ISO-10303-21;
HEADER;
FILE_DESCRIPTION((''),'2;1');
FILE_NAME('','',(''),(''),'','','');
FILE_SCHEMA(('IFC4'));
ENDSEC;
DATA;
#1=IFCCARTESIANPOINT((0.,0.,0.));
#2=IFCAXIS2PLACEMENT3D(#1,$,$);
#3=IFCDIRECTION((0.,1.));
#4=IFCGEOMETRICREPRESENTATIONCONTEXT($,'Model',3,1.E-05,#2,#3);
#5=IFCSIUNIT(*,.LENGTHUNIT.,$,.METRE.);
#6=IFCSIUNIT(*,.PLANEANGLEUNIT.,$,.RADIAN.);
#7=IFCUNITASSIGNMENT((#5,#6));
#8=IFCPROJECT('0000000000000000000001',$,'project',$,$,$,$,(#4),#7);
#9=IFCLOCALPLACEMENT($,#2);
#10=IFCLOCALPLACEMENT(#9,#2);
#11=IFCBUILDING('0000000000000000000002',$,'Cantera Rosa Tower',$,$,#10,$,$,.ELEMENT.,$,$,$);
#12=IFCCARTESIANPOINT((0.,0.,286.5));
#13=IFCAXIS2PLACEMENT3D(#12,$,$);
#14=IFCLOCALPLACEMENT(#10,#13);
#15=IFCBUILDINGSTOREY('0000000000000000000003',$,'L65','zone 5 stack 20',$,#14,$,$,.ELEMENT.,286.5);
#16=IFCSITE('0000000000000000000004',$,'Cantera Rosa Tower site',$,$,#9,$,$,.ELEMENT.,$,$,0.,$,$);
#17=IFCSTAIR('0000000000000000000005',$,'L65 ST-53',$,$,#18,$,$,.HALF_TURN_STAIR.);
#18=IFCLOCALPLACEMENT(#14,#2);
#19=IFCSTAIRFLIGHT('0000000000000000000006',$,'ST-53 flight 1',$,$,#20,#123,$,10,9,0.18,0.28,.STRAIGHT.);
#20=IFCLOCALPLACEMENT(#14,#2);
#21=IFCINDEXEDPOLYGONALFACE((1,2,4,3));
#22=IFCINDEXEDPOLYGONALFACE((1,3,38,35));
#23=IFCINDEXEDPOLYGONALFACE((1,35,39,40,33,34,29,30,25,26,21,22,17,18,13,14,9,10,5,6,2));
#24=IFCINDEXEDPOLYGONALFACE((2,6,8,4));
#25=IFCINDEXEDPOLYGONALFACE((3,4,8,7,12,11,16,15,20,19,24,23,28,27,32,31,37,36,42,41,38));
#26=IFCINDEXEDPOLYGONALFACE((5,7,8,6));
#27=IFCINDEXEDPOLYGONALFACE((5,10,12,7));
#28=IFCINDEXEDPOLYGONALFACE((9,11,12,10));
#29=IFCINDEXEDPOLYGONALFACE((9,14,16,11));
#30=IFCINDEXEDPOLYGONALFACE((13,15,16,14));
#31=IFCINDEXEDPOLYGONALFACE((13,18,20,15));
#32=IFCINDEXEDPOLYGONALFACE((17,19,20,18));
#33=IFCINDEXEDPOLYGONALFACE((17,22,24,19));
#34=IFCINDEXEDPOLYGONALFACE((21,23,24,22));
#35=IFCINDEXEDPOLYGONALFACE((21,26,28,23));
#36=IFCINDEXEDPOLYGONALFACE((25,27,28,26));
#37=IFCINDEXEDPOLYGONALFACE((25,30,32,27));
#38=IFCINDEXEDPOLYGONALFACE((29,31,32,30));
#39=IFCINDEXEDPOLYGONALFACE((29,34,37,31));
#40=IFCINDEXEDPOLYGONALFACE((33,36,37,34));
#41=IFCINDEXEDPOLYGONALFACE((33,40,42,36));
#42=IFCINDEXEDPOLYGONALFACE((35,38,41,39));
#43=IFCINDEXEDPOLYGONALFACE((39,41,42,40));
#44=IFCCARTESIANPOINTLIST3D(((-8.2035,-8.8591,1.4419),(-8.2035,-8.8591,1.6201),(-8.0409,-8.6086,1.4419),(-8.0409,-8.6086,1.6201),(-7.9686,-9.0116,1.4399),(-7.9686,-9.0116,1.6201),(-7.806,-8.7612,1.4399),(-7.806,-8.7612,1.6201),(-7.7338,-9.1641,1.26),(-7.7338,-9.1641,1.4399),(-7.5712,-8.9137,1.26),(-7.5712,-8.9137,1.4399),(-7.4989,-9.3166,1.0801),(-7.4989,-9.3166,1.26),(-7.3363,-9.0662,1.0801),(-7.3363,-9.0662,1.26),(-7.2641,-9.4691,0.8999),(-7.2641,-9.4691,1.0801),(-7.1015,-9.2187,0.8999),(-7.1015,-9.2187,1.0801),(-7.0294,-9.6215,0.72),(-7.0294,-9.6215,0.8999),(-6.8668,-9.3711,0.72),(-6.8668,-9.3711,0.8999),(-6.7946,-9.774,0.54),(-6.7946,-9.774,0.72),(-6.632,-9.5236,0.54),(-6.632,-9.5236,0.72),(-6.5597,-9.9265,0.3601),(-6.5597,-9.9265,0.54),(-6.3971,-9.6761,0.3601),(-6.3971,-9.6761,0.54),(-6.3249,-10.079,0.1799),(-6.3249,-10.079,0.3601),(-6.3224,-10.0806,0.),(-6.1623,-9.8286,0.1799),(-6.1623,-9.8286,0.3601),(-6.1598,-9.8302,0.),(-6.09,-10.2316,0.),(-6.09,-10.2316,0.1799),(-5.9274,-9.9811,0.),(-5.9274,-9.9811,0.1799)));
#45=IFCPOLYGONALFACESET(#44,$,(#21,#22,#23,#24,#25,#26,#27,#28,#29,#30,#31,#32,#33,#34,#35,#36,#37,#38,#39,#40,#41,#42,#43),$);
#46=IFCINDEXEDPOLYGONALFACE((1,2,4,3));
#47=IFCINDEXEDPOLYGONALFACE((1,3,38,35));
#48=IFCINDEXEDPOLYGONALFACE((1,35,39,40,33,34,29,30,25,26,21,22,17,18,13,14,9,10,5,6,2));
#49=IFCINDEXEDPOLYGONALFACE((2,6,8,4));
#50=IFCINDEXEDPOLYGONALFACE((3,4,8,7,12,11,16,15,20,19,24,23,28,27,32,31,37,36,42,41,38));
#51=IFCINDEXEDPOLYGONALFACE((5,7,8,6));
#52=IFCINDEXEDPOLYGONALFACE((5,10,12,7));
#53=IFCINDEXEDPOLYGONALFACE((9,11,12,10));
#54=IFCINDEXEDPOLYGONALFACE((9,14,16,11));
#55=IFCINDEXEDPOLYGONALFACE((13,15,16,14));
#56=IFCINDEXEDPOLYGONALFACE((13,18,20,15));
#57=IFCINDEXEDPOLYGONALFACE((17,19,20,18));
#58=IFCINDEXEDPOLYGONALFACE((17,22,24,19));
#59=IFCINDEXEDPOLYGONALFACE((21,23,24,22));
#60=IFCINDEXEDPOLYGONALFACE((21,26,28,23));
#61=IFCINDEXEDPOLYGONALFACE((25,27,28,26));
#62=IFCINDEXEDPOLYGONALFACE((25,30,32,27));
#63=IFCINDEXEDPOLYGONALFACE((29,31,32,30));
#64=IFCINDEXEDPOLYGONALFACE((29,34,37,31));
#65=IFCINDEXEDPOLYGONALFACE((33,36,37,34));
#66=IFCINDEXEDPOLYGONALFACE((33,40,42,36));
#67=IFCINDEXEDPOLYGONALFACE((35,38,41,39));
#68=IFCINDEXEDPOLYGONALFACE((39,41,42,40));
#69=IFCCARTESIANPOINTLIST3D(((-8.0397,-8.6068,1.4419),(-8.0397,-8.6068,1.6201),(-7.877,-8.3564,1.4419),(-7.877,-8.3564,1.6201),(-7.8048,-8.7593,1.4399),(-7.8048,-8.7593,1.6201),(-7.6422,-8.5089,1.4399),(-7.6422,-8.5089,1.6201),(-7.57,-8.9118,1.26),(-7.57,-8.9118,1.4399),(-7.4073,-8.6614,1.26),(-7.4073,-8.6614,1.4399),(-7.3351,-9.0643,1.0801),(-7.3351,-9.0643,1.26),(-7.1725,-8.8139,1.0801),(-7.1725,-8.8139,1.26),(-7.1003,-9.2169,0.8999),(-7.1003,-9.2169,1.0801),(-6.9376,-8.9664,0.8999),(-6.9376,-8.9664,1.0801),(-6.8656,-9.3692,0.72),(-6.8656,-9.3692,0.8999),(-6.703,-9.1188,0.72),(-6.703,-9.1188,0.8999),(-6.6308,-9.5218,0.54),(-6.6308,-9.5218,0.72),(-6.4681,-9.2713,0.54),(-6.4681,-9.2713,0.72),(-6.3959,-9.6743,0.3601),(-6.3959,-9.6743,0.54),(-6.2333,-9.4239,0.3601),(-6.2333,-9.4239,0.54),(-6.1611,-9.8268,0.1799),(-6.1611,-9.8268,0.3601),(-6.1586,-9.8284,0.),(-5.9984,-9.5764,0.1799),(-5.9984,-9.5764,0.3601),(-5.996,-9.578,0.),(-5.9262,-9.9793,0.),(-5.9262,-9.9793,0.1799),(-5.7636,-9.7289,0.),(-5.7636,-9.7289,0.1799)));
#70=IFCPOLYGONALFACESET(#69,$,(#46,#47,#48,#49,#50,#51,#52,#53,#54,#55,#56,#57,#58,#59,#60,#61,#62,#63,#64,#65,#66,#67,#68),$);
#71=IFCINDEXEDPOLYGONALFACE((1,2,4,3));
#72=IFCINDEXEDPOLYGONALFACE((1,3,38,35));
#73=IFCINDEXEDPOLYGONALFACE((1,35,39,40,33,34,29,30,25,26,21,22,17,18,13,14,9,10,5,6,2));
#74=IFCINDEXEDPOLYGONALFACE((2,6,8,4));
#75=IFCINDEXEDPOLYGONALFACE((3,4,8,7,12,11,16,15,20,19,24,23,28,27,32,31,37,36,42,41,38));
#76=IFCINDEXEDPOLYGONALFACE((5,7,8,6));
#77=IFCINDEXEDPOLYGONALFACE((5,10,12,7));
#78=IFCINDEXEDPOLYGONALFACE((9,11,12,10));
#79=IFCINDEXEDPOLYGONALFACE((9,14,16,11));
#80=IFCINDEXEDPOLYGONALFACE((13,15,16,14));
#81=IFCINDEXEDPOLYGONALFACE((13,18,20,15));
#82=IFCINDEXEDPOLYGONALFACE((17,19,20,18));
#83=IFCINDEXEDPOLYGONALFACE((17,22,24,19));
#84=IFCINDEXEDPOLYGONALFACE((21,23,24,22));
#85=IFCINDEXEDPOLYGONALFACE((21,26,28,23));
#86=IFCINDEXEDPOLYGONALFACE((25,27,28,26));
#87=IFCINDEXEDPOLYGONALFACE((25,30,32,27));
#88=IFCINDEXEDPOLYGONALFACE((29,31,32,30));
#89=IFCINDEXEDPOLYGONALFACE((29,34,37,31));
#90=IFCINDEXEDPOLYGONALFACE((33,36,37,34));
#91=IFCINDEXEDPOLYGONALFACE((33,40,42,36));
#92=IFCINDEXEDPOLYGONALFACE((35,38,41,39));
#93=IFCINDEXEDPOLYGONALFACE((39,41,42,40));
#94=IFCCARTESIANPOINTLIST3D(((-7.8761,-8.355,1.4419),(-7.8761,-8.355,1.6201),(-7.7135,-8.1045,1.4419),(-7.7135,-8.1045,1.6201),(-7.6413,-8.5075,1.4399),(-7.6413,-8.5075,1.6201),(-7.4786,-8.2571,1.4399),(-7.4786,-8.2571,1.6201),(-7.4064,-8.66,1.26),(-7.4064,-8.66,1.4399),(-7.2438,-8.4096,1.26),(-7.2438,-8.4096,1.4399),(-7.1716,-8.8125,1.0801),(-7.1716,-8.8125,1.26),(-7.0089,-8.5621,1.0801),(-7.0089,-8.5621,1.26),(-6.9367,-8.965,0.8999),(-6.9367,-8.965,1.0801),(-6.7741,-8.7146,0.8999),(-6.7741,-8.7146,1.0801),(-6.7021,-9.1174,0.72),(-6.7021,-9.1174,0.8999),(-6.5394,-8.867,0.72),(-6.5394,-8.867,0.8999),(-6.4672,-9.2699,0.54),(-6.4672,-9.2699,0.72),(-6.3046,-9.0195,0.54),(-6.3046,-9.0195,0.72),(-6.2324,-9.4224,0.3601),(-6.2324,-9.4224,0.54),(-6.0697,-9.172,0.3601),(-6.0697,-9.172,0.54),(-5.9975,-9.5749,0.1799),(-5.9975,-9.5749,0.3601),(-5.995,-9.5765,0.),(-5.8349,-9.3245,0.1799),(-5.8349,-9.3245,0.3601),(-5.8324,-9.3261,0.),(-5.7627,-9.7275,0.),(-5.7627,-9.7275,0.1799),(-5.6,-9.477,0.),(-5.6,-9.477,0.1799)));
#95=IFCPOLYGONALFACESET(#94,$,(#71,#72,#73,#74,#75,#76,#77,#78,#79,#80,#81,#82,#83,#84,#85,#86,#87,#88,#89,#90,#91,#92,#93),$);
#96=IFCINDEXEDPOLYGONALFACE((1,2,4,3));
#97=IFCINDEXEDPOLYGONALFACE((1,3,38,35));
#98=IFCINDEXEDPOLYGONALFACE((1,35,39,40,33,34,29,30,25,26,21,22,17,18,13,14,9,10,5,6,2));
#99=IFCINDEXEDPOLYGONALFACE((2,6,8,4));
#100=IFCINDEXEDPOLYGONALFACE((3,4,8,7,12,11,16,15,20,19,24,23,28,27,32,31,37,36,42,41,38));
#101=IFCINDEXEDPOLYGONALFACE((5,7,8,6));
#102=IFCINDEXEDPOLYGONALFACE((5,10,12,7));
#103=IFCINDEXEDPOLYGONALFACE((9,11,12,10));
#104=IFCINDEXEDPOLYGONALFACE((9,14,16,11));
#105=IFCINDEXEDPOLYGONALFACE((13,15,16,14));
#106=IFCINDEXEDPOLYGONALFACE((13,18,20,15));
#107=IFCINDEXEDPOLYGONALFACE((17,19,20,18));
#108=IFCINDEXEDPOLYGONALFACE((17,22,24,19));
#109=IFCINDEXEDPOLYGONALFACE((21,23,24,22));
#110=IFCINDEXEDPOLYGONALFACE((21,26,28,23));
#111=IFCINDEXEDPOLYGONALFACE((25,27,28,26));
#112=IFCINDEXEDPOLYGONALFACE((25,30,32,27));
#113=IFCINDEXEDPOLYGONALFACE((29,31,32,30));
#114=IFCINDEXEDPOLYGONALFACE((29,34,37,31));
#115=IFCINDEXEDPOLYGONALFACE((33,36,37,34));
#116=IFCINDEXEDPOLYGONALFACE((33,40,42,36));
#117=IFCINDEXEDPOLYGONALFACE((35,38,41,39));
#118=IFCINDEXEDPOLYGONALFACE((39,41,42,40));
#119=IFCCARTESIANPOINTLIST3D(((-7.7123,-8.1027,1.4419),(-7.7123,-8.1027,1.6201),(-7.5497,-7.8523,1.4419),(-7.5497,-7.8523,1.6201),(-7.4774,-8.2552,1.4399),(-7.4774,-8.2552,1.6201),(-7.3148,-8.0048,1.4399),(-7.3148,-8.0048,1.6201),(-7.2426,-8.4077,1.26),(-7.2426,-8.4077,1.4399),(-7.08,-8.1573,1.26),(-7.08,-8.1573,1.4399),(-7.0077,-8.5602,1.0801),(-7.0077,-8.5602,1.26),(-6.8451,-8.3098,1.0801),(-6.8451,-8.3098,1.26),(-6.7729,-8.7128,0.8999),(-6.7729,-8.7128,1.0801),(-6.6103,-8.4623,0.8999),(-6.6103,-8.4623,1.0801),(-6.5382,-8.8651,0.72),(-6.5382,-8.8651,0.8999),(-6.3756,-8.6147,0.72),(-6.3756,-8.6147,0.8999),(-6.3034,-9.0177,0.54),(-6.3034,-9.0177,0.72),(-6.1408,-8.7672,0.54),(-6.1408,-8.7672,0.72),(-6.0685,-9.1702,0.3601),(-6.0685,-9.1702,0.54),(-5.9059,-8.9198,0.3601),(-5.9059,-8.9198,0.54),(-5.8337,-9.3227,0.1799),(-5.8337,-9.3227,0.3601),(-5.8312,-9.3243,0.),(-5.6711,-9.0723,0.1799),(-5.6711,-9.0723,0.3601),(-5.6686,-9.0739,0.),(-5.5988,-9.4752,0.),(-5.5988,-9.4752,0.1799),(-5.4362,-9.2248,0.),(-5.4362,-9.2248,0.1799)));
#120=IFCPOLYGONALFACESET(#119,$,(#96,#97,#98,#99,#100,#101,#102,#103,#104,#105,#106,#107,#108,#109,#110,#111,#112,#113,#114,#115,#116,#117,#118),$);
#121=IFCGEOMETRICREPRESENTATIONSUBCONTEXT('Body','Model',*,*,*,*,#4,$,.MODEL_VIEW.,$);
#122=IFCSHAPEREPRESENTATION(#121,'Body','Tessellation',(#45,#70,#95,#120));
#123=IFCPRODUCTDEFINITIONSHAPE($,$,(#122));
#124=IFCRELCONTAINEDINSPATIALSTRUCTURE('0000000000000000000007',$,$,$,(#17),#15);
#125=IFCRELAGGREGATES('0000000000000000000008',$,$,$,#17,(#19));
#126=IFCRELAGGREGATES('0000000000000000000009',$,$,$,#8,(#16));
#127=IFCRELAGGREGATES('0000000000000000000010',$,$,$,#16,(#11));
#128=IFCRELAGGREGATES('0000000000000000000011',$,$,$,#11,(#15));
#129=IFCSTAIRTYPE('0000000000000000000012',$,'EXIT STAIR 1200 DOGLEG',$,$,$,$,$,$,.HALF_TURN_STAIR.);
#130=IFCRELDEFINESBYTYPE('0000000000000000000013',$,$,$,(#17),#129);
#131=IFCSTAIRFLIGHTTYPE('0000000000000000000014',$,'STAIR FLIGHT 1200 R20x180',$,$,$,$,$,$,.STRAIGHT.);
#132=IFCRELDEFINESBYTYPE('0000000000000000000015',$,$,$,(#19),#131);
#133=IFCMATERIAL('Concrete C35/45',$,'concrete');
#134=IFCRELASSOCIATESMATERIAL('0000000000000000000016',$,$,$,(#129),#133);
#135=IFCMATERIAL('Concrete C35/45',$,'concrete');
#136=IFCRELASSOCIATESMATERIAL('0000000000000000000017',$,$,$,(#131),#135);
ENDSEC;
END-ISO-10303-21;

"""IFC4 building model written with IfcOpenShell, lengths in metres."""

from ifc_helpers import new_model, si_unit, direction, frame, origin, place, context, subcontext, project, spatial, polyline, outline, extrude, material, type_object, element, aggregate, save


model = new_model("IFC4")

# Units and contexts
model_context = context("Model", 3, precision=1e-05, world=origin(), true_north=direction((0.0, 1.0)))
body_context = subcontext(model_context, "Body", "Model", "MODEL_VIEW")
ifc_project = project(units=[si_unit("LENGTHUNIT", "METRE"), si_unit("PLANEANGLEUNIT", "RADIAN")], contexts=[model_context])

# Site, building, storey
site_placement = place(None, origin())
site = spatial("IfcSite", under=ifc_project, at=site_placement, Name="Cantera Rosa Tower site", CompositionType="ELEMENT", RefElevation=0.0)
building_placement = place(site_placement, origin())
building = spatial("IfcBuilding", under=site, at=building_placement, Name="Cantera Rosa Tower", CompositionType="ELEMENT")
storey_placement = place(building_placement, frame((0.0, 0.0, 286.5)))
storey = spatial("IfcBuildingStorey", under=building, at=storey_placement, Name="L65", Description="zone 5 stack 20", CompositionType="ELEMENT", Elevation=286.5)

# Stair, stair flight
ifc_material_1 = material(Name="Concrete C35/45", Category="concrete")
stair_type = type_object("IfcStairType", Name="EXIT STAIR 1200 DOGLEG", PredefinedType="HALF_TURN_STAIR", material=ifc_material_1)
stair_placement = place(storey_placement, origin())
stair = element("IfcStair", 1, at=stair_placement, inside=storey, type_object=stair_type, Name="L65 ST-53", PredefinedType="HALF_TURN_STAIR")
ifc_material_2 = material(Name="Concrete C35/45", Category="concrete")
stair_flight_type = type_object("IfcStairFlightType", Name="STAIR FLIGHT 1200 R20x180", PredefinedType="STRAIGHT", material=ifc_material_2)
stair_flight_1_placement = place(storey_placement, frame((-5.7632, -9.7283, 0.0), z_axis=(0.0, 0.0, 1.0), x_axis=(-0.838671, 0.544639, 0.0)))
stair_flight_1 = element("IfcStairFlight", 2, at=stair_flight_1_placement, type_object=stair_flight_type, Name="ST-53 flight 1", NumberOfRisers=10, NumberOfTreads=9, PredefinedType="STRAIGHT", RiserHeight=0.18, TreadLength=0.28, context=body_context, shape_type="SweptSolid", body=[
    extrude(outline(polyline([(0.0, 0.0), (0.0, 0.1799), (0.28, 0.1799), (0.28, 0.3601), (0.5601, 0.3601), (0.5601, 0.54), (0.8401, 0.54), (0.8401, 0.72), (1.1201, 0.72), (1.1201, 0.8999), (1.3999, 0.8999), (1.3999, 1.0801), (1.6799, 1.0801), (1.6799, 1.26), (1.96, 1.26), (1.96, 1.4399), (2.24, 1.4399), (2.24, 1.6201), (2.52, 1.6201), (2.52, 1.8), (2.52, 1.4419), (0.2771, 0.0), (0.0, 0.0)])), frame((0.0, 0.6001, 0.0), z_axis=(0.0, -1.0, 0.0), x_axis=(1.0, 0.0, 0.0)), (0.0, 0.0, 1.0), 0.2986),
    extrude(outline(polyline([(0.0, 0.0), (0.0, 0.1799), (0.28, 0.1799), (0.28, 0.3601), (0.5601, 0.3601), (0.5601, 0.54), (0.8401, 0.54), (0.8401, 0.72), (1.1201, 0.72), (1.1201, 0.8999), (1.3999, 0.8999), (1.3999, 1.0801), (1.6799, 1.0801), (1.6799, 1.26), (1.96, 1.26), (1.96, 1.4399), (2.24, 1.4399), (2.24, 1.6201), (2.52, 1.6201), (2.52, 1.8), (2.52, 1.4419), (0.2771, 0.0), (0.0, 0.0)])), frame((0.0, 0.2993, 0.0), z_axis=(0.0, -1.0, 0.0), x_axis=(1.0, 0.0, 0.0)), (0.0, 0.0, 1.0), 0.2986),
    extrude(outline(polyline([(0.0, 0.0), (0.0, 0.1799), (0.28, 0.1799), (0.28, 0.3601), (0.5601, 0.3601), (0.5601, 0.54), (0.8401, 0.54), (0.8401, 0.72), (1.1201, 0.72), (1.1201, 0.8999), (1.3999, 0.8999), (1.3999, 1.0801), (1.6799, 1.0801), (1.6799, 1.26), (1.96, 1.26), (1.96, 1.4399), (2.24, 1.4399), (2.24, 1.6201), (2.52, 1.6201), (2.52, 1.8), (2.52, 1.4419), (0.2771, 0.0), (0.0, 0.0)])), frame((0.0, -0.001, 0.0), z_axis=(0.0, -1.0, 0.0), x_axis=(1.0, 0.0, 0.0)), (0.0, 0.0, 1.0), 0.2986),
    extrude(outline(polyline([(0.0, 0.0), (0.0, 0.1799), (0.28, 0.1799), (0.28, 0.3601), (0.5601, 0.3601), (0.5601, 0.54), (0.8401, 0.54), (0.8401, 0.72), (1.1201, 0.72), (1.1201, 0.8999), (1.3999, 0.8999), (1.3999, 1.0801), (1.6799, 1.0801), (1.6799, 1.26), (1.96, 1.26), (1.96, 1.4399), (2.24, 1.4399), (2.24, 1.6201), (2.52, 1.6201), (2.52, 1.8), (2.52, 1.4419), (0.2771, 0.0), (0.0, 0.0)])), frame((0.0, -0.3018, 0.0), z_axis=(0.0, -1.0, 0.0), x_axis=(1.0, 0.0, 0.0)), (0.0, 0.0, 1.0), 0.2986),
])
aggregate(stair, [stair_flight_1])

save(model, "model.ifc")
